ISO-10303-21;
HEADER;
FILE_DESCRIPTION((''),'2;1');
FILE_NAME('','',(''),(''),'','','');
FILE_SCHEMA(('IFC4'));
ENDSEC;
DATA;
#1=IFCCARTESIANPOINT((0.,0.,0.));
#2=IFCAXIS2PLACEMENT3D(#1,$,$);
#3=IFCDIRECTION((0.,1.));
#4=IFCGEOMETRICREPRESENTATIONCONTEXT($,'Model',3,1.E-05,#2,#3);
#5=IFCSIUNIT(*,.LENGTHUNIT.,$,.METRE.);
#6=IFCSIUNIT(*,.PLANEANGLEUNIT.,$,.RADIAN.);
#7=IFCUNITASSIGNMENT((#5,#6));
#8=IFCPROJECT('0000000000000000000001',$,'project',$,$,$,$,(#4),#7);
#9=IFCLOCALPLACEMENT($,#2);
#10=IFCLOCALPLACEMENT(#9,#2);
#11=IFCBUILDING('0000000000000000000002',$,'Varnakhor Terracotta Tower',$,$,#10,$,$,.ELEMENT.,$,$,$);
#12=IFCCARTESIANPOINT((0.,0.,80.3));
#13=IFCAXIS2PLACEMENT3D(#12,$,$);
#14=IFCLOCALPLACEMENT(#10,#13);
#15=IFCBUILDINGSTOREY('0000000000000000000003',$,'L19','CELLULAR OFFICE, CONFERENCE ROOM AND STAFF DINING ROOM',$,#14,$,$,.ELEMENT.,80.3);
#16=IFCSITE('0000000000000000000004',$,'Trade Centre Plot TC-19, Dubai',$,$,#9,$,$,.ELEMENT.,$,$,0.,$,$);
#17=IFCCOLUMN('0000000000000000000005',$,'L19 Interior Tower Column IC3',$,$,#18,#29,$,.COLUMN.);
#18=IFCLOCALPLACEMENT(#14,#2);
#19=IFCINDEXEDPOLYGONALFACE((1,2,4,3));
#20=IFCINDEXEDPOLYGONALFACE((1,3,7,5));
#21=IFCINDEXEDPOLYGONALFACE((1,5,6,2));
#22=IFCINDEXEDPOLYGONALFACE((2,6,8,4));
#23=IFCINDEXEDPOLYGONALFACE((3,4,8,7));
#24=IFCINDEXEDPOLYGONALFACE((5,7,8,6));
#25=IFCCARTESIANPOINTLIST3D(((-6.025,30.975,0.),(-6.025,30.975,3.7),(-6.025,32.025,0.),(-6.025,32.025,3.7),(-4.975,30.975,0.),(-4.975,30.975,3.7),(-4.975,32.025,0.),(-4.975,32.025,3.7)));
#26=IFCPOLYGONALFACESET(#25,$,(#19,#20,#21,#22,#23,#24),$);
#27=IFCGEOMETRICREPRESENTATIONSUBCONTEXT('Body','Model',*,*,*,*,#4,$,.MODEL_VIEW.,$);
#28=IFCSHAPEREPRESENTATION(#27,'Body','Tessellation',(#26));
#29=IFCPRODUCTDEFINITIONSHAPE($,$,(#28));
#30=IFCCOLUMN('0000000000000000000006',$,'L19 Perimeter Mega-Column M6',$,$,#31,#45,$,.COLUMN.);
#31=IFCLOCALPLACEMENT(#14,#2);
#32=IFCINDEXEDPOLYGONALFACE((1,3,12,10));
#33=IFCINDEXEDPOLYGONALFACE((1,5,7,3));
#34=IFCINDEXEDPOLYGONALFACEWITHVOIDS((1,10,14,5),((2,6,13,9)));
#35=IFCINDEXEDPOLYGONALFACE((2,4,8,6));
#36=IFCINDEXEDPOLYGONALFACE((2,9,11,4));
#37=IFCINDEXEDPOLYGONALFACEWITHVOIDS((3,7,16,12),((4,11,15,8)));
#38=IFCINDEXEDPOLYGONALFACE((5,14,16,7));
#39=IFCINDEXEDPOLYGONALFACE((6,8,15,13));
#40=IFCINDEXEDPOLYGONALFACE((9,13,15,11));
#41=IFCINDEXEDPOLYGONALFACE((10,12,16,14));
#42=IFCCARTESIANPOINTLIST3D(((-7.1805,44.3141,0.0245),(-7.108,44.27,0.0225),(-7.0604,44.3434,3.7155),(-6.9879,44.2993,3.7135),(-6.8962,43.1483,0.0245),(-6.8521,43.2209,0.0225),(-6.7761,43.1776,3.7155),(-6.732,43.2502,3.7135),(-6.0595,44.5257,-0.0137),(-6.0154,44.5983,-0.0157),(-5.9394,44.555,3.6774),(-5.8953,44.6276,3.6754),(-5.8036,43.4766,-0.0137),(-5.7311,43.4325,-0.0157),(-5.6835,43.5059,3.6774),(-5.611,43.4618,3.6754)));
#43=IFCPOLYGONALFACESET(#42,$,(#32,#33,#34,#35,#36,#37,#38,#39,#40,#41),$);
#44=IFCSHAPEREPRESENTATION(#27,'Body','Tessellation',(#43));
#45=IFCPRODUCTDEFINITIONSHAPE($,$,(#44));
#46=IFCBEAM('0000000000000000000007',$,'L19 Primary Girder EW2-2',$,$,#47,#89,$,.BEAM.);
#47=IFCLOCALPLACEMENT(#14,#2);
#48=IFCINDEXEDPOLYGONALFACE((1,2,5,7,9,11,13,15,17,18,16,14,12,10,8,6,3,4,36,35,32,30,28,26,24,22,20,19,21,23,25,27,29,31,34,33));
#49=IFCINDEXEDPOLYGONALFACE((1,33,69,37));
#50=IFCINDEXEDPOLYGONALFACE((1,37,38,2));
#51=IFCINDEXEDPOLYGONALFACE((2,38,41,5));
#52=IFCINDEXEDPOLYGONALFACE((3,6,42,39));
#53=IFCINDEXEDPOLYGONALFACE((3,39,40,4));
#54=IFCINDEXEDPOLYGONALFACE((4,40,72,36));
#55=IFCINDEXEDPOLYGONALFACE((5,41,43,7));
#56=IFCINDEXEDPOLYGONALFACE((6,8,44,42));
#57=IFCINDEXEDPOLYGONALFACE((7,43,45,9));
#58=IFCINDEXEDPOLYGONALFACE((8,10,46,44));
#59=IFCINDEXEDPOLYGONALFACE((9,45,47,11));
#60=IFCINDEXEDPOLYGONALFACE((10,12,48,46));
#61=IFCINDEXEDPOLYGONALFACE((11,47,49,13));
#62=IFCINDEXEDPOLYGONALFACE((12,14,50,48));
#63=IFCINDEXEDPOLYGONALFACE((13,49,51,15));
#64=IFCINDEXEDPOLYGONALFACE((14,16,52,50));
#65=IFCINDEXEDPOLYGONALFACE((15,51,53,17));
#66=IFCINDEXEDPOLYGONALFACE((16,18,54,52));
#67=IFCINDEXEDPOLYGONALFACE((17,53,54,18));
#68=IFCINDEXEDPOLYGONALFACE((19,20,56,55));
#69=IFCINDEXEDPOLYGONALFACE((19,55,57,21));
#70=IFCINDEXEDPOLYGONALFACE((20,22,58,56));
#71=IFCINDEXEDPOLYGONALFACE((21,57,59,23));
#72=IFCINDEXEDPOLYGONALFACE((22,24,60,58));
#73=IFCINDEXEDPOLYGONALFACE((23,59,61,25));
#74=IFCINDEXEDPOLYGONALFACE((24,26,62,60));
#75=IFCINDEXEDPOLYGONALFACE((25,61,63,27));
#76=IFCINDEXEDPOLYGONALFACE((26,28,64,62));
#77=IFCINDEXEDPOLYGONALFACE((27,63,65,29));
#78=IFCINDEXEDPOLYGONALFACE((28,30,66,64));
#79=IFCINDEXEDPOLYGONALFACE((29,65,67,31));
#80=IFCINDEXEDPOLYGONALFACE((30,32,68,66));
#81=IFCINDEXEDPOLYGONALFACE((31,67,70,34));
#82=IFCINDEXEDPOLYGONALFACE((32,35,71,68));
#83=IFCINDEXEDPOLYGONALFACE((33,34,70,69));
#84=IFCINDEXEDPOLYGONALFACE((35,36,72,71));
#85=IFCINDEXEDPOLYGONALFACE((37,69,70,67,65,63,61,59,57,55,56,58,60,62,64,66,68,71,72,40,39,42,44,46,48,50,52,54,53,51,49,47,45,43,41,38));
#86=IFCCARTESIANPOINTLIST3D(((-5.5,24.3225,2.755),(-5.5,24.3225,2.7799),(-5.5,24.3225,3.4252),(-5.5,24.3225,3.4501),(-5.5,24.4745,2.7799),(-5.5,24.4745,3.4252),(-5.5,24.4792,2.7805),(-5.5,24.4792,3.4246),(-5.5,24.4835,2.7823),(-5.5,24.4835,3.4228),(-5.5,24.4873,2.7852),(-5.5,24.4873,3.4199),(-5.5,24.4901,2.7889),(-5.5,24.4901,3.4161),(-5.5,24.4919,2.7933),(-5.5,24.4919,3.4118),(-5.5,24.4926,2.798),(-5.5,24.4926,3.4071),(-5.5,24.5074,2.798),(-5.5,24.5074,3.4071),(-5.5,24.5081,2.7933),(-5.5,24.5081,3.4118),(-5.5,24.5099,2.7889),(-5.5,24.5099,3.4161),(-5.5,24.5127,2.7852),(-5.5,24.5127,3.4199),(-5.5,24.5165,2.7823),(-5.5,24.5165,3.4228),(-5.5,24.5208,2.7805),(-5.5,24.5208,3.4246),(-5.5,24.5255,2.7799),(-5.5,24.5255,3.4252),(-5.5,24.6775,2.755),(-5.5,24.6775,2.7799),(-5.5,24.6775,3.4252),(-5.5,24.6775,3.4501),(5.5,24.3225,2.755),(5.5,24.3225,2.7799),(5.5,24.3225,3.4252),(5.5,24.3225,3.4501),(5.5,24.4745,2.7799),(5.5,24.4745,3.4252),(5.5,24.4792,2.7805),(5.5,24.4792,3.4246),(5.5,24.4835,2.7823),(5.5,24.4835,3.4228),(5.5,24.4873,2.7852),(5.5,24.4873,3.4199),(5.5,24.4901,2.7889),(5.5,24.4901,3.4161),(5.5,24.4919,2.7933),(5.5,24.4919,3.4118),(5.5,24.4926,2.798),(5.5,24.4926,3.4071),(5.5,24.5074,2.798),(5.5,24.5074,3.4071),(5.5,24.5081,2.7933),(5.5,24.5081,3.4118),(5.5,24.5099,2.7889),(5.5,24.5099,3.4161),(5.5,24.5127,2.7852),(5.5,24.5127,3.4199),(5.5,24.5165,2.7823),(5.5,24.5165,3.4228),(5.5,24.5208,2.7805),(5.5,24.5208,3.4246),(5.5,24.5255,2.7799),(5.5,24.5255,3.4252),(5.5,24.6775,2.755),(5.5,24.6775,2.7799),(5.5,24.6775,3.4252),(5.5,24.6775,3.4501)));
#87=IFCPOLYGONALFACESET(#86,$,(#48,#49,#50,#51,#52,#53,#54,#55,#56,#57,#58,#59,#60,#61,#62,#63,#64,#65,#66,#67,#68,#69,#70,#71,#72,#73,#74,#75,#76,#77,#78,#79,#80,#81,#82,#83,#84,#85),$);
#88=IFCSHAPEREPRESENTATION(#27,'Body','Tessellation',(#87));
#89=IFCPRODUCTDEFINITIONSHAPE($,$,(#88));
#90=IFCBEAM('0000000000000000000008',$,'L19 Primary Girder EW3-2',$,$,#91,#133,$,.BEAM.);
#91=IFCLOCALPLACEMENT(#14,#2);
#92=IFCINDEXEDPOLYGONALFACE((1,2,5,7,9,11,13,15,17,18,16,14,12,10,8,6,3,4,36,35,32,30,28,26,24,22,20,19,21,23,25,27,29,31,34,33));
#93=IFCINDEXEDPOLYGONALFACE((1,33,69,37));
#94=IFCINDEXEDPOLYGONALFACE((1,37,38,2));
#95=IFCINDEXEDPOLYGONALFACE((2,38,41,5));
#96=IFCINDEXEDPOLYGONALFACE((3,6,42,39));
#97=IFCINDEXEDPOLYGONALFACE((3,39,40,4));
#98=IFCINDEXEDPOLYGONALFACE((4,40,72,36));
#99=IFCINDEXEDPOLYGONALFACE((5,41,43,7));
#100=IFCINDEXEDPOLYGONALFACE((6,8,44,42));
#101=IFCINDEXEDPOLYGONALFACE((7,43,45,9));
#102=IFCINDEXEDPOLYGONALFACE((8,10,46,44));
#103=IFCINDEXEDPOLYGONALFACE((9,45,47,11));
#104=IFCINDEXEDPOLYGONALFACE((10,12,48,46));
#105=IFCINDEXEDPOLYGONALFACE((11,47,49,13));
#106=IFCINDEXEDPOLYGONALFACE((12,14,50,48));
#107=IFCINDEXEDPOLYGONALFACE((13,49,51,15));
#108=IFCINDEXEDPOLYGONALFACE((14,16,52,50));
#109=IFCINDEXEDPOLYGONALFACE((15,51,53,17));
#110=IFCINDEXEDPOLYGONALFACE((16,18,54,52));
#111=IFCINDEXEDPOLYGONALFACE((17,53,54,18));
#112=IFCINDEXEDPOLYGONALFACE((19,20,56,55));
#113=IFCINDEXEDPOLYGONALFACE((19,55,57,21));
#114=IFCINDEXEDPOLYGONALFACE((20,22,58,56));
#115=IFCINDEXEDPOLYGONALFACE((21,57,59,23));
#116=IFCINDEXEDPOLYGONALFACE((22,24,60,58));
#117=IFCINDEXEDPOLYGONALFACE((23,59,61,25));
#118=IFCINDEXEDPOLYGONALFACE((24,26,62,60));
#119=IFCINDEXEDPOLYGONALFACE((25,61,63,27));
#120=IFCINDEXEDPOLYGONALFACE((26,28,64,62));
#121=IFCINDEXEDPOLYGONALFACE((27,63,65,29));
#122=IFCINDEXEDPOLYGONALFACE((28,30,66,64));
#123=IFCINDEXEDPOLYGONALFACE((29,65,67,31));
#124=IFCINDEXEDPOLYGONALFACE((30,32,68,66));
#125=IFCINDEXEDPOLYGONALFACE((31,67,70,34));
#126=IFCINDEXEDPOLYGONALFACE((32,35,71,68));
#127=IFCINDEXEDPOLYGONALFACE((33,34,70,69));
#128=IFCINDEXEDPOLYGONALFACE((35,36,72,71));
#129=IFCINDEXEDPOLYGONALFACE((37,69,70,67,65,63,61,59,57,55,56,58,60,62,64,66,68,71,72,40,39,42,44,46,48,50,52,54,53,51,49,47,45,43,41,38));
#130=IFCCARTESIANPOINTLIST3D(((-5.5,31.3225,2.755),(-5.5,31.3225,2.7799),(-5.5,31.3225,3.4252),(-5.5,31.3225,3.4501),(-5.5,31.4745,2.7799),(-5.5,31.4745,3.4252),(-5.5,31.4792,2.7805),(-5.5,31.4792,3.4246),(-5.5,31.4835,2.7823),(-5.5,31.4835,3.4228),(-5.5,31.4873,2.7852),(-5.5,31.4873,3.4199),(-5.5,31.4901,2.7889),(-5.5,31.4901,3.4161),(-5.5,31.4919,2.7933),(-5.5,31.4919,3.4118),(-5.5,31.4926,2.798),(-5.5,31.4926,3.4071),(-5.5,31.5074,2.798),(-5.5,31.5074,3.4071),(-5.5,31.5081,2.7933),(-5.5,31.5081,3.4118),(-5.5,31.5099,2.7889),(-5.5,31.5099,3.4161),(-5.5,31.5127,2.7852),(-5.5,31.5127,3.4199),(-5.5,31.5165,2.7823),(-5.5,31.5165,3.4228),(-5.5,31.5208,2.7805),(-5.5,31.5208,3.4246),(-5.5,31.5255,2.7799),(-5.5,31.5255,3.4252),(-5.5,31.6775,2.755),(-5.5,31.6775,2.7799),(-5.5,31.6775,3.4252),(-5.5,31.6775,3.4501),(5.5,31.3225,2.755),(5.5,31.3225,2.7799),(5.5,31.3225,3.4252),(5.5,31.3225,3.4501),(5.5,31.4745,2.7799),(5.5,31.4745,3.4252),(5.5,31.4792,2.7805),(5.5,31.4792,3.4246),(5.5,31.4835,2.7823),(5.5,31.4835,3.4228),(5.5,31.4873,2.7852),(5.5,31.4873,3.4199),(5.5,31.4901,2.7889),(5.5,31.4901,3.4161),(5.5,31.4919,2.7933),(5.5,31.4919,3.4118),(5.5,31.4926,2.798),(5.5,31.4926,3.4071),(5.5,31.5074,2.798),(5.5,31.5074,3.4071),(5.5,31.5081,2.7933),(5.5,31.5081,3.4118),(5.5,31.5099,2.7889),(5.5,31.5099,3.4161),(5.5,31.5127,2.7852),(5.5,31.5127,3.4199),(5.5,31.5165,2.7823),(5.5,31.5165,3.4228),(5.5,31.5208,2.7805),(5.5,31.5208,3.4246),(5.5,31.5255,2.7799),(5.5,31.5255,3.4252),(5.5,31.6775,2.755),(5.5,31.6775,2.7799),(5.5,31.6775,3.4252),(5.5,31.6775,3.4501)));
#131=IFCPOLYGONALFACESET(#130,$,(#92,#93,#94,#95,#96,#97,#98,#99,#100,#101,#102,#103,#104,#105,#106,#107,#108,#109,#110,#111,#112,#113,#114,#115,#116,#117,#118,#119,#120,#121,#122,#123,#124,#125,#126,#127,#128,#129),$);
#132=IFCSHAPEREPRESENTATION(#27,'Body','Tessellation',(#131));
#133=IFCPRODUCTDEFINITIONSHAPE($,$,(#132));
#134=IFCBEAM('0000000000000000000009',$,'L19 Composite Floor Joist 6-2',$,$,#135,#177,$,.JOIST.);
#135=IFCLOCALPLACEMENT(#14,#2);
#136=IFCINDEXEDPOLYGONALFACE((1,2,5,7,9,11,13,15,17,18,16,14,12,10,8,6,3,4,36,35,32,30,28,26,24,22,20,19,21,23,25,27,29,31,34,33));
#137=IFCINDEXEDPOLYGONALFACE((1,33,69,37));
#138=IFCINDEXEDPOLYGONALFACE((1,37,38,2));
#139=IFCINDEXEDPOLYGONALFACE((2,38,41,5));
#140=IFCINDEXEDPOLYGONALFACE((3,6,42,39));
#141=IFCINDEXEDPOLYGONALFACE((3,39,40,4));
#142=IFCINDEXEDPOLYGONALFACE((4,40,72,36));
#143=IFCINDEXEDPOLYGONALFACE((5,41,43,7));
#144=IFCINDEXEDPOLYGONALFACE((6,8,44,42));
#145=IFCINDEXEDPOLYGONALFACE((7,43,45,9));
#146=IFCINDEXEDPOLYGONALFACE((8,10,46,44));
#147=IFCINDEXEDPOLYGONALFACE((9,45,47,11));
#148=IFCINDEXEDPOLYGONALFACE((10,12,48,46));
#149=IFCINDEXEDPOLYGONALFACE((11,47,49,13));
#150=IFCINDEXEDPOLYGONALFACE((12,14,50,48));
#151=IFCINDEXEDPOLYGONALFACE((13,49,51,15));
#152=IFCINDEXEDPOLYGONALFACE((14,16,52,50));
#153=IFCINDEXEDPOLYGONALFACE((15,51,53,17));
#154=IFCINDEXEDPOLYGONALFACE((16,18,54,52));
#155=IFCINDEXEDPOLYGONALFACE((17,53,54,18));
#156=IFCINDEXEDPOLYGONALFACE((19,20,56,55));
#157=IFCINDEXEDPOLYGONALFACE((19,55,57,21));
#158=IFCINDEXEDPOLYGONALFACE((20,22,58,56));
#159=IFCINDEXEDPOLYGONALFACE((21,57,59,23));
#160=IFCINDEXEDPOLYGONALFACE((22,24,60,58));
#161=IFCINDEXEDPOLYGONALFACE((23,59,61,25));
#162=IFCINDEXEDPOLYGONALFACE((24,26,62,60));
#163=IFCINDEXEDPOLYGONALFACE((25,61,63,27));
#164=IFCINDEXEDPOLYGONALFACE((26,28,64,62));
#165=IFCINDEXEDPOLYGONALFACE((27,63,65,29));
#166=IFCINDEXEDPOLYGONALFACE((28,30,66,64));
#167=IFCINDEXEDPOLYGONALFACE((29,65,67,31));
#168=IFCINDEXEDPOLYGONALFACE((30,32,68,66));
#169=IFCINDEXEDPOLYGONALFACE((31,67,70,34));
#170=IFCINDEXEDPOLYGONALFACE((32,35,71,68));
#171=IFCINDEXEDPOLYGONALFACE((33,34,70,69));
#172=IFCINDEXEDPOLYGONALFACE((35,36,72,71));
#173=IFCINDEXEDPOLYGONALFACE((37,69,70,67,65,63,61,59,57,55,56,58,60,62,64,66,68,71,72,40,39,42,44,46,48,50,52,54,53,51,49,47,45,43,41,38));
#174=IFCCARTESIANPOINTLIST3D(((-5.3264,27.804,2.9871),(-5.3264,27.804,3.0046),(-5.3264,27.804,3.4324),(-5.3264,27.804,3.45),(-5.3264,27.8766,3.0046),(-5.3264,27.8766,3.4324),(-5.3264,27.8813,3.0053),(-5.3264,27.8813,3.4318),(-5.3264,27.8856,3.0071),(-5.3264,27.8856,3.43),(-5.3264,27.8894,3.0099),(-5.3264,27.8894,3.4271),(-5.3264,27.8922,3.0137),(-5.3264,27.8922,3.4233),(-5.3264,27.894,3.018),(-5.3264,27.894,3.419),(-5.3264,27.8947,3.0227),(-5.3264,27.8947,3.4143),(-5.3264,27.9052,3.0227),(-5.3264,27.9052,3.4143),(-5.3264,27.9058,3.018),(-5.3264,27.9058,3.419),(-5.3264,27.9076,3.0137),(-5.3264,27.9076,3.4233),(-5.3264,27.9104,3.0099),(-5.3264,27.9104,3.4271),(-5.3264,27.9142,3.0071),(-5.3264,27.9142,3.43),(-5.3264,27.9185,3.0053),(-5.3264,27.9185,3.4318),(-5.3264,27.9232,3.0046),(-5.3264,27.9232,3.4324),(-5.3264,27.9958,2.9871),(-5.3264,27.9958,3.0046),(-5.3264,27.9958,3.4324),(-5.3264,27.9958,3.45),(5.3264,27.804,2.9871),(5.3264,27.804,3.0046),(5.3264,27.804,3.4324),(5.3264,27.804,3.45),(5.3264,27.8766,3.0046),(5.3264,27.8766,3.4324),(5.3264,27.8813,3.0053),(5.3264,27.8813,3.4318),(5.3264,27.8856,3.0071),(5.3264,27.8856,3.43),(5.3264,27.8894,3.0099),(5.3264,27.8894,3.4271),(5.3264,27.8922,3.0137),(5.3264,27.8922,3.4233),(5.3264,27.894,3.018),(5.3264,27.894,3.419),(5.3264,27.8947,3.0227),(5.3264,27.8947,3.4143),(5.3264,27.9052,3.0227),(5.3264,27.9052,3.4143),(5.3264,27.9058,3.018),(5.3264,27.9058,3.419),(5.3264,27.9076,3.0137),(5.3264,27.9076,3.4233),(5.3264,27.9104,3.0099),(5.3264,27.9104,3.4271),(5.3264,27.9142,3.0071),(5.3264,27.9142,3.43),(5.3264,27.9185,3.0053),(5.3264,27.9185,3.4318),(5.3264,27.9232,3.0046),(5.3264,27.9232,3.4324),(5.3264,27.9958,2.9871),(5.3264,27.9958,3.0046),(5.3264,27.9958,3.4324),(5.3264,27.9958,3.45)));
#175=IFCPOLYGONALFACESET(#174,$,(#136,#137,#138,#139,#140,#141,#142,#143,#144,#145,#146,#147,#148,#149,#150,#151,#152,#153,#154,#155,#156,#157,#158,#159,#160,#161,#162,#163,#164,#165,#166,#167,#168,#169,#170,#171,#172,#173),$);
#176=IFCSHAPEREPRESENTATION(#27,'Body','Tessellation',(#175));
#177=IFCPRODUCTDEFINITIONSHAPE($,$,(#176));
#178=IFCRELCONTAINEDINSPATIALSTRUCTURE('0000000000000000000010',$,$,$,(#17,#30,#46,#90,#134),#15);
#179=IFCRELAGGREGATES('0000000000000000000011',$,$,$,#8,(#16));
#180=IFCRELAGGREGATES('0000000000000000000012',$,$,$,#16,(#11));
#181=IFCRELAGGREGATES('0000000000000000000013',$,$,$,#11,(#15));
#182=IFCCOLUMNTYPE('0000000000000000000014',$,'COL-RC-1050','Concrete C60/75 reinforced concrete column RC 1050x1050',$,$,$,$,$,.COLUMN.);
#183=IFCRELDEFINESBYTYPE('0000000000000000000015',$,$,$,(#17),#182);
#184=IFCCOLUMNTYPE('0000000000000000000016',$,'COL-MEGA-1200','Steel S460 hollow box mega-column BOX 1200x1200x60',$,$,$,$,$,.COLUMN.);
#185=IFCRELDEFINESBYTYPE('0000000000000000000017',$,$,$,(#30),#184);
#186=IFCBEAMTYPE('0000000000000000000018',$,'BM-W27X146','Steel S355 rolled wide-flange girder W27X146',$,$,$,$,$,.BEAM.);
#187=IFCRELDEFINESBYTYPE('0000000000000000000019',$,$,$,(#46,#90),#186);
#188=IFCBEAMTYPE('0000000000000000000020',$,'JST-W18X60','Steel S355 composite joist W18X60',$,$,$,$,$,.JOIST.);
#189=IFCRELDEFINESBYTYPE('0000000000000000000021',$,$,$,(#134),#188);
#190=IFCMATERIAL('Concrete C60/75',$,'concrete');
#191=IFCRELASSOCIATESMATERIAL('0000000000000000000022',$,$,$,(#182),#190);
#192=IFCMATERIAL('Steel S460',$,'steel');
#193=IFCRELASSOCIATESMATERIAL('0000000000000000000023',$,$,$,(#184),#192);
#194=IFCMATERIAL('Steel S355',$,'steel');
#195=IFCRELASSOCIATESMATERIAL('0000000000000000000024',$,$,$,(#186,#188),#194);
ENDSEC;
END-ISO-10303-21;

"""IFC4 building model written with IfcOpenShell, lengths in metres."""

from ifc_helpers import new_model, si_unit, direction, frame, origin, origin_2d, place, context, subcontext, project, spatial, rectangle, hollow_rectangle, i_section, extrude, source, transform, mapped, material, material_profile, profile_set, type_object, element, save


model = new_model("IFC4")

# Units and contexts
model_context = context("Model", 3, precision=1e-05, world=origin(), true_north=direction((0.0, 1.0)))
body_context = subcontext(model_context, "Body", "Model", "MODEL_VIEW")
ifc_project = project(units=[si_unit("LENGTHUNIT", "METRE"), si_unit("PLANEANGLEUNIT", "RADIAN")], contexts=[model_context])

# Site, building, storey
site_placement = place(None, origin())
site = spatial("IfcSite", under=ifc_project, at=site_placement, Name="Trade Centre Plot TC-19, Dubai", CompositionType="ELEMENT", RefElevation=0.0)
building_placement = place(site_placement, origin())
building = spatial("IfcBuilding", under=site, at=building_placement, Name="Varnakhor Terracotta Tower", CompositionType="ELEMENT")
storey_placement = place(building_placement, frame((0.0, 0.0, 80.3)))
storey = spatial("IfcBuildingStorey", under=building, at=storey_placement, Name="L19", Description="CELLULAR OFFICE, CONFERENCE ROOM AND STAFF DINING ROOM", CompositionType="ELEMENT", Elevation=80.3)

# Columns
ifc_material_1 = material(Name="Concrete C60/75", Category="concrete")
ifc_material_profile_1 = material_profile(ifc_material_1, rectangle(XDim=1.05, YDim=1.05, at=origin_2d()), Name="RC 1050x1050")
ifc_profile_set_1 = profile_set([ifc_material_profile_1], Name="Concrete C60/75")
column_type_1 = type_object("IfcColumnType", Name="COL-RC-1050", Description="Concrete C60/75 reinforced concrete column RC 1050x1050", PredefinedType="COLUMN", material=ifc_profile_set_1)
shared_shape_1 = source(origin(), body_context, "Body", "SweptSolid", [
    extrude(rectangle(XDim=1.05, YDim=1.05, at=origin_2d()), origin(), (0.0, 0.0, 1.0), 3.7),
])
column_1_placement = place(storey_placement, frame((-5.5, 31.5, 0.0), z_axis=(0.0, 0.0, 1.0), x_axis=(1.0, 0.0, 0.0)))
element("IfcColumn", 1, at=column_1_placement, inside=storey, type_object=column_type_1, Name="L19 Interior Tower Column IC3", PredefinedType="COLUMN", context=body_context, shape_type="MappedRepresentation", body=[
    mapped(shared_shape_1, transform((0.0, 0.0, 0.0), scale=1.0)),
])
ifc_material_2 = material(Name="Steel S460", Category="steel")
ifc_material_profile_2 = material_profile(ifc_material_2, hollow_rectangle(XDim=1.2, YDim=1.2, WallThickness=0.0601, at=origin_2d()), Name="BOX 1200x1200x60")
ifc_profile_set_2 = profile_set([ifc_material_profile_2], Name="Steel S460")
column_type_2 = type_object("IfcColumnType", Name="COL-MEGA-1200", Description="Steel S460 hollow box mega-column BOX 1200x1200x60", PredefinedType="COLUMN", material=ifc_profile_set_2)
shared_shape_2 = source(origin(), body_context, "Body", "SweptSolid", [
    extrude(hollow_rectangle(XDim=1.2, YDim=1.2, WallThickness=0.0601, at=origin_2d()), origin(), (0.0, 0.0, 1.0), 3.6931),
])
column_2_placement = place(storey_placement, frame((-6.4558, 43.8733, 0.0044), z_axis=(0.032524, 0.007933, 0.999439), x_axis=(-0.236956, 0.97152, 0.0)))
element("IfcColumn", 2, at=column_2_placement, inside=storey, type_object=column_type_2, Name="L19 Perimeter Mega-Column M6", PredefinedType="COLUMN", context=body_context, shape_type="MappedRepresentation", body=[
    mapped(shared_shape_2, transform((0.0, 0.0, 0.0), scale=1.0)),
])

# Beams
ifc_material_3 = material(Name="Steel S355", Category="steel")
ifc_material_profile_3 = material_profile(ifc_material_3, i_section(OverallWidth=0.355, OverallDepth=0.6951, WebThickness=0.0149, FlangeThickness=0.0249, FilletRadius=0.0181, at=origin_2d()), Name="W27X146")
ifc_profile_set_3 = profile_set([ifc_material_profile_3], Name="Steel S355")
beam_type_1 = type_object("IfcBeamType", Name="BM-W27X146", Description="Steel S355 rolled wide-flange girder W27X146", PredefinedType="BEAM", material=ifc_profile_set_3)
shared_shape_3 = source(origin(), body_context, "Body", "SweptSolid", [
    extrude(i_section(OverallWidth=0.355, OverallDepth=0.6951, WebThickness=0.0149, FlangeThickness=0.0249, FilletRadius=0.0181, at=origin_2d()), origin(), (0.0, 0.0, 1.0), 11.0),
])
for number, where, z_axis, x_axis, name in (
    (3, (-5.5, 24.5, 3.1025), (1.0, 0.0, 0.0), (0.0, 1.0, 0.0), "L19 Primary Girder EW2-2"),
    (4, (-5.5, 31.5, 3.1025), (1.0, 0.0, 0.0), (0.0, 1.0, 0.0), "L19 Primary Girder EW3-2"),
):
    element("IfcBeam", number, at=place(storey_placement, frame(where, z_axis=z_axis, x_axis=x_axis)), inside=storey, type_object=beam_type_1, Name=name, PredefinedType="BEAM", context=body_context, shape_type="MappedRepresentation", body=[
        mapped(shared_shape_3, transform((0.0, 0.0, 0.0), scale=1.0)),
    ])
ifc_material_profile_4 = material_profile(ifc_material_3, i_section(OverallWidth=0.1919, OverallDepth=0.4629, WebThickness=0.0105, FlangeThickness=0.0176, FilletRadius=0.0181, at=origin_2d()), Name="W18X60")
ifc_profile_set_4 = profile_set([ifc_material_profile_4], Name="Steel S355")
beam_type_2 = type_object("IfcBeamType", Name="JST-W18X60", Description="Steel S355 composite joist W18X60", PredefinedType="JOIST", material=ifc_profile_set_4)
shared_shape_4 = source(origin(), body_context, "Body", "SweptSolid", [
    extrude(i_section(OverallWidth=0.1919, OverallDepth=0.4629, WebThickness=0.0105, FlangeThickness=0.0176, FilletRadius=0.0181, at=origin_2d()), origin(), (0.0, 0.0, 1.0), 10.6528),
])
for number, where, z_axis, x_axis, name in (
    (5, (-5.3264, 27.8999, 3.2185), (1.0, 0.0, 0.0), (0.0, 1.0, 0.0), "L19 Composite Floor Joist 6-2"),
):
    element("IfcBeam", number, at=place(storey_placement, frame(where, z_axis=z_axis, x_axis=x_axis)), inside=storey, type_object=beam_type_2, Name=name, PredefinedType="JOIST", context=body_context, shape_type="MappedRepresentation", body=[
        mapped(shared_shape_4, transform((0.0, 0.0, 0.0), scale=1.0)),
    ])

save(model, "model.ifc")
